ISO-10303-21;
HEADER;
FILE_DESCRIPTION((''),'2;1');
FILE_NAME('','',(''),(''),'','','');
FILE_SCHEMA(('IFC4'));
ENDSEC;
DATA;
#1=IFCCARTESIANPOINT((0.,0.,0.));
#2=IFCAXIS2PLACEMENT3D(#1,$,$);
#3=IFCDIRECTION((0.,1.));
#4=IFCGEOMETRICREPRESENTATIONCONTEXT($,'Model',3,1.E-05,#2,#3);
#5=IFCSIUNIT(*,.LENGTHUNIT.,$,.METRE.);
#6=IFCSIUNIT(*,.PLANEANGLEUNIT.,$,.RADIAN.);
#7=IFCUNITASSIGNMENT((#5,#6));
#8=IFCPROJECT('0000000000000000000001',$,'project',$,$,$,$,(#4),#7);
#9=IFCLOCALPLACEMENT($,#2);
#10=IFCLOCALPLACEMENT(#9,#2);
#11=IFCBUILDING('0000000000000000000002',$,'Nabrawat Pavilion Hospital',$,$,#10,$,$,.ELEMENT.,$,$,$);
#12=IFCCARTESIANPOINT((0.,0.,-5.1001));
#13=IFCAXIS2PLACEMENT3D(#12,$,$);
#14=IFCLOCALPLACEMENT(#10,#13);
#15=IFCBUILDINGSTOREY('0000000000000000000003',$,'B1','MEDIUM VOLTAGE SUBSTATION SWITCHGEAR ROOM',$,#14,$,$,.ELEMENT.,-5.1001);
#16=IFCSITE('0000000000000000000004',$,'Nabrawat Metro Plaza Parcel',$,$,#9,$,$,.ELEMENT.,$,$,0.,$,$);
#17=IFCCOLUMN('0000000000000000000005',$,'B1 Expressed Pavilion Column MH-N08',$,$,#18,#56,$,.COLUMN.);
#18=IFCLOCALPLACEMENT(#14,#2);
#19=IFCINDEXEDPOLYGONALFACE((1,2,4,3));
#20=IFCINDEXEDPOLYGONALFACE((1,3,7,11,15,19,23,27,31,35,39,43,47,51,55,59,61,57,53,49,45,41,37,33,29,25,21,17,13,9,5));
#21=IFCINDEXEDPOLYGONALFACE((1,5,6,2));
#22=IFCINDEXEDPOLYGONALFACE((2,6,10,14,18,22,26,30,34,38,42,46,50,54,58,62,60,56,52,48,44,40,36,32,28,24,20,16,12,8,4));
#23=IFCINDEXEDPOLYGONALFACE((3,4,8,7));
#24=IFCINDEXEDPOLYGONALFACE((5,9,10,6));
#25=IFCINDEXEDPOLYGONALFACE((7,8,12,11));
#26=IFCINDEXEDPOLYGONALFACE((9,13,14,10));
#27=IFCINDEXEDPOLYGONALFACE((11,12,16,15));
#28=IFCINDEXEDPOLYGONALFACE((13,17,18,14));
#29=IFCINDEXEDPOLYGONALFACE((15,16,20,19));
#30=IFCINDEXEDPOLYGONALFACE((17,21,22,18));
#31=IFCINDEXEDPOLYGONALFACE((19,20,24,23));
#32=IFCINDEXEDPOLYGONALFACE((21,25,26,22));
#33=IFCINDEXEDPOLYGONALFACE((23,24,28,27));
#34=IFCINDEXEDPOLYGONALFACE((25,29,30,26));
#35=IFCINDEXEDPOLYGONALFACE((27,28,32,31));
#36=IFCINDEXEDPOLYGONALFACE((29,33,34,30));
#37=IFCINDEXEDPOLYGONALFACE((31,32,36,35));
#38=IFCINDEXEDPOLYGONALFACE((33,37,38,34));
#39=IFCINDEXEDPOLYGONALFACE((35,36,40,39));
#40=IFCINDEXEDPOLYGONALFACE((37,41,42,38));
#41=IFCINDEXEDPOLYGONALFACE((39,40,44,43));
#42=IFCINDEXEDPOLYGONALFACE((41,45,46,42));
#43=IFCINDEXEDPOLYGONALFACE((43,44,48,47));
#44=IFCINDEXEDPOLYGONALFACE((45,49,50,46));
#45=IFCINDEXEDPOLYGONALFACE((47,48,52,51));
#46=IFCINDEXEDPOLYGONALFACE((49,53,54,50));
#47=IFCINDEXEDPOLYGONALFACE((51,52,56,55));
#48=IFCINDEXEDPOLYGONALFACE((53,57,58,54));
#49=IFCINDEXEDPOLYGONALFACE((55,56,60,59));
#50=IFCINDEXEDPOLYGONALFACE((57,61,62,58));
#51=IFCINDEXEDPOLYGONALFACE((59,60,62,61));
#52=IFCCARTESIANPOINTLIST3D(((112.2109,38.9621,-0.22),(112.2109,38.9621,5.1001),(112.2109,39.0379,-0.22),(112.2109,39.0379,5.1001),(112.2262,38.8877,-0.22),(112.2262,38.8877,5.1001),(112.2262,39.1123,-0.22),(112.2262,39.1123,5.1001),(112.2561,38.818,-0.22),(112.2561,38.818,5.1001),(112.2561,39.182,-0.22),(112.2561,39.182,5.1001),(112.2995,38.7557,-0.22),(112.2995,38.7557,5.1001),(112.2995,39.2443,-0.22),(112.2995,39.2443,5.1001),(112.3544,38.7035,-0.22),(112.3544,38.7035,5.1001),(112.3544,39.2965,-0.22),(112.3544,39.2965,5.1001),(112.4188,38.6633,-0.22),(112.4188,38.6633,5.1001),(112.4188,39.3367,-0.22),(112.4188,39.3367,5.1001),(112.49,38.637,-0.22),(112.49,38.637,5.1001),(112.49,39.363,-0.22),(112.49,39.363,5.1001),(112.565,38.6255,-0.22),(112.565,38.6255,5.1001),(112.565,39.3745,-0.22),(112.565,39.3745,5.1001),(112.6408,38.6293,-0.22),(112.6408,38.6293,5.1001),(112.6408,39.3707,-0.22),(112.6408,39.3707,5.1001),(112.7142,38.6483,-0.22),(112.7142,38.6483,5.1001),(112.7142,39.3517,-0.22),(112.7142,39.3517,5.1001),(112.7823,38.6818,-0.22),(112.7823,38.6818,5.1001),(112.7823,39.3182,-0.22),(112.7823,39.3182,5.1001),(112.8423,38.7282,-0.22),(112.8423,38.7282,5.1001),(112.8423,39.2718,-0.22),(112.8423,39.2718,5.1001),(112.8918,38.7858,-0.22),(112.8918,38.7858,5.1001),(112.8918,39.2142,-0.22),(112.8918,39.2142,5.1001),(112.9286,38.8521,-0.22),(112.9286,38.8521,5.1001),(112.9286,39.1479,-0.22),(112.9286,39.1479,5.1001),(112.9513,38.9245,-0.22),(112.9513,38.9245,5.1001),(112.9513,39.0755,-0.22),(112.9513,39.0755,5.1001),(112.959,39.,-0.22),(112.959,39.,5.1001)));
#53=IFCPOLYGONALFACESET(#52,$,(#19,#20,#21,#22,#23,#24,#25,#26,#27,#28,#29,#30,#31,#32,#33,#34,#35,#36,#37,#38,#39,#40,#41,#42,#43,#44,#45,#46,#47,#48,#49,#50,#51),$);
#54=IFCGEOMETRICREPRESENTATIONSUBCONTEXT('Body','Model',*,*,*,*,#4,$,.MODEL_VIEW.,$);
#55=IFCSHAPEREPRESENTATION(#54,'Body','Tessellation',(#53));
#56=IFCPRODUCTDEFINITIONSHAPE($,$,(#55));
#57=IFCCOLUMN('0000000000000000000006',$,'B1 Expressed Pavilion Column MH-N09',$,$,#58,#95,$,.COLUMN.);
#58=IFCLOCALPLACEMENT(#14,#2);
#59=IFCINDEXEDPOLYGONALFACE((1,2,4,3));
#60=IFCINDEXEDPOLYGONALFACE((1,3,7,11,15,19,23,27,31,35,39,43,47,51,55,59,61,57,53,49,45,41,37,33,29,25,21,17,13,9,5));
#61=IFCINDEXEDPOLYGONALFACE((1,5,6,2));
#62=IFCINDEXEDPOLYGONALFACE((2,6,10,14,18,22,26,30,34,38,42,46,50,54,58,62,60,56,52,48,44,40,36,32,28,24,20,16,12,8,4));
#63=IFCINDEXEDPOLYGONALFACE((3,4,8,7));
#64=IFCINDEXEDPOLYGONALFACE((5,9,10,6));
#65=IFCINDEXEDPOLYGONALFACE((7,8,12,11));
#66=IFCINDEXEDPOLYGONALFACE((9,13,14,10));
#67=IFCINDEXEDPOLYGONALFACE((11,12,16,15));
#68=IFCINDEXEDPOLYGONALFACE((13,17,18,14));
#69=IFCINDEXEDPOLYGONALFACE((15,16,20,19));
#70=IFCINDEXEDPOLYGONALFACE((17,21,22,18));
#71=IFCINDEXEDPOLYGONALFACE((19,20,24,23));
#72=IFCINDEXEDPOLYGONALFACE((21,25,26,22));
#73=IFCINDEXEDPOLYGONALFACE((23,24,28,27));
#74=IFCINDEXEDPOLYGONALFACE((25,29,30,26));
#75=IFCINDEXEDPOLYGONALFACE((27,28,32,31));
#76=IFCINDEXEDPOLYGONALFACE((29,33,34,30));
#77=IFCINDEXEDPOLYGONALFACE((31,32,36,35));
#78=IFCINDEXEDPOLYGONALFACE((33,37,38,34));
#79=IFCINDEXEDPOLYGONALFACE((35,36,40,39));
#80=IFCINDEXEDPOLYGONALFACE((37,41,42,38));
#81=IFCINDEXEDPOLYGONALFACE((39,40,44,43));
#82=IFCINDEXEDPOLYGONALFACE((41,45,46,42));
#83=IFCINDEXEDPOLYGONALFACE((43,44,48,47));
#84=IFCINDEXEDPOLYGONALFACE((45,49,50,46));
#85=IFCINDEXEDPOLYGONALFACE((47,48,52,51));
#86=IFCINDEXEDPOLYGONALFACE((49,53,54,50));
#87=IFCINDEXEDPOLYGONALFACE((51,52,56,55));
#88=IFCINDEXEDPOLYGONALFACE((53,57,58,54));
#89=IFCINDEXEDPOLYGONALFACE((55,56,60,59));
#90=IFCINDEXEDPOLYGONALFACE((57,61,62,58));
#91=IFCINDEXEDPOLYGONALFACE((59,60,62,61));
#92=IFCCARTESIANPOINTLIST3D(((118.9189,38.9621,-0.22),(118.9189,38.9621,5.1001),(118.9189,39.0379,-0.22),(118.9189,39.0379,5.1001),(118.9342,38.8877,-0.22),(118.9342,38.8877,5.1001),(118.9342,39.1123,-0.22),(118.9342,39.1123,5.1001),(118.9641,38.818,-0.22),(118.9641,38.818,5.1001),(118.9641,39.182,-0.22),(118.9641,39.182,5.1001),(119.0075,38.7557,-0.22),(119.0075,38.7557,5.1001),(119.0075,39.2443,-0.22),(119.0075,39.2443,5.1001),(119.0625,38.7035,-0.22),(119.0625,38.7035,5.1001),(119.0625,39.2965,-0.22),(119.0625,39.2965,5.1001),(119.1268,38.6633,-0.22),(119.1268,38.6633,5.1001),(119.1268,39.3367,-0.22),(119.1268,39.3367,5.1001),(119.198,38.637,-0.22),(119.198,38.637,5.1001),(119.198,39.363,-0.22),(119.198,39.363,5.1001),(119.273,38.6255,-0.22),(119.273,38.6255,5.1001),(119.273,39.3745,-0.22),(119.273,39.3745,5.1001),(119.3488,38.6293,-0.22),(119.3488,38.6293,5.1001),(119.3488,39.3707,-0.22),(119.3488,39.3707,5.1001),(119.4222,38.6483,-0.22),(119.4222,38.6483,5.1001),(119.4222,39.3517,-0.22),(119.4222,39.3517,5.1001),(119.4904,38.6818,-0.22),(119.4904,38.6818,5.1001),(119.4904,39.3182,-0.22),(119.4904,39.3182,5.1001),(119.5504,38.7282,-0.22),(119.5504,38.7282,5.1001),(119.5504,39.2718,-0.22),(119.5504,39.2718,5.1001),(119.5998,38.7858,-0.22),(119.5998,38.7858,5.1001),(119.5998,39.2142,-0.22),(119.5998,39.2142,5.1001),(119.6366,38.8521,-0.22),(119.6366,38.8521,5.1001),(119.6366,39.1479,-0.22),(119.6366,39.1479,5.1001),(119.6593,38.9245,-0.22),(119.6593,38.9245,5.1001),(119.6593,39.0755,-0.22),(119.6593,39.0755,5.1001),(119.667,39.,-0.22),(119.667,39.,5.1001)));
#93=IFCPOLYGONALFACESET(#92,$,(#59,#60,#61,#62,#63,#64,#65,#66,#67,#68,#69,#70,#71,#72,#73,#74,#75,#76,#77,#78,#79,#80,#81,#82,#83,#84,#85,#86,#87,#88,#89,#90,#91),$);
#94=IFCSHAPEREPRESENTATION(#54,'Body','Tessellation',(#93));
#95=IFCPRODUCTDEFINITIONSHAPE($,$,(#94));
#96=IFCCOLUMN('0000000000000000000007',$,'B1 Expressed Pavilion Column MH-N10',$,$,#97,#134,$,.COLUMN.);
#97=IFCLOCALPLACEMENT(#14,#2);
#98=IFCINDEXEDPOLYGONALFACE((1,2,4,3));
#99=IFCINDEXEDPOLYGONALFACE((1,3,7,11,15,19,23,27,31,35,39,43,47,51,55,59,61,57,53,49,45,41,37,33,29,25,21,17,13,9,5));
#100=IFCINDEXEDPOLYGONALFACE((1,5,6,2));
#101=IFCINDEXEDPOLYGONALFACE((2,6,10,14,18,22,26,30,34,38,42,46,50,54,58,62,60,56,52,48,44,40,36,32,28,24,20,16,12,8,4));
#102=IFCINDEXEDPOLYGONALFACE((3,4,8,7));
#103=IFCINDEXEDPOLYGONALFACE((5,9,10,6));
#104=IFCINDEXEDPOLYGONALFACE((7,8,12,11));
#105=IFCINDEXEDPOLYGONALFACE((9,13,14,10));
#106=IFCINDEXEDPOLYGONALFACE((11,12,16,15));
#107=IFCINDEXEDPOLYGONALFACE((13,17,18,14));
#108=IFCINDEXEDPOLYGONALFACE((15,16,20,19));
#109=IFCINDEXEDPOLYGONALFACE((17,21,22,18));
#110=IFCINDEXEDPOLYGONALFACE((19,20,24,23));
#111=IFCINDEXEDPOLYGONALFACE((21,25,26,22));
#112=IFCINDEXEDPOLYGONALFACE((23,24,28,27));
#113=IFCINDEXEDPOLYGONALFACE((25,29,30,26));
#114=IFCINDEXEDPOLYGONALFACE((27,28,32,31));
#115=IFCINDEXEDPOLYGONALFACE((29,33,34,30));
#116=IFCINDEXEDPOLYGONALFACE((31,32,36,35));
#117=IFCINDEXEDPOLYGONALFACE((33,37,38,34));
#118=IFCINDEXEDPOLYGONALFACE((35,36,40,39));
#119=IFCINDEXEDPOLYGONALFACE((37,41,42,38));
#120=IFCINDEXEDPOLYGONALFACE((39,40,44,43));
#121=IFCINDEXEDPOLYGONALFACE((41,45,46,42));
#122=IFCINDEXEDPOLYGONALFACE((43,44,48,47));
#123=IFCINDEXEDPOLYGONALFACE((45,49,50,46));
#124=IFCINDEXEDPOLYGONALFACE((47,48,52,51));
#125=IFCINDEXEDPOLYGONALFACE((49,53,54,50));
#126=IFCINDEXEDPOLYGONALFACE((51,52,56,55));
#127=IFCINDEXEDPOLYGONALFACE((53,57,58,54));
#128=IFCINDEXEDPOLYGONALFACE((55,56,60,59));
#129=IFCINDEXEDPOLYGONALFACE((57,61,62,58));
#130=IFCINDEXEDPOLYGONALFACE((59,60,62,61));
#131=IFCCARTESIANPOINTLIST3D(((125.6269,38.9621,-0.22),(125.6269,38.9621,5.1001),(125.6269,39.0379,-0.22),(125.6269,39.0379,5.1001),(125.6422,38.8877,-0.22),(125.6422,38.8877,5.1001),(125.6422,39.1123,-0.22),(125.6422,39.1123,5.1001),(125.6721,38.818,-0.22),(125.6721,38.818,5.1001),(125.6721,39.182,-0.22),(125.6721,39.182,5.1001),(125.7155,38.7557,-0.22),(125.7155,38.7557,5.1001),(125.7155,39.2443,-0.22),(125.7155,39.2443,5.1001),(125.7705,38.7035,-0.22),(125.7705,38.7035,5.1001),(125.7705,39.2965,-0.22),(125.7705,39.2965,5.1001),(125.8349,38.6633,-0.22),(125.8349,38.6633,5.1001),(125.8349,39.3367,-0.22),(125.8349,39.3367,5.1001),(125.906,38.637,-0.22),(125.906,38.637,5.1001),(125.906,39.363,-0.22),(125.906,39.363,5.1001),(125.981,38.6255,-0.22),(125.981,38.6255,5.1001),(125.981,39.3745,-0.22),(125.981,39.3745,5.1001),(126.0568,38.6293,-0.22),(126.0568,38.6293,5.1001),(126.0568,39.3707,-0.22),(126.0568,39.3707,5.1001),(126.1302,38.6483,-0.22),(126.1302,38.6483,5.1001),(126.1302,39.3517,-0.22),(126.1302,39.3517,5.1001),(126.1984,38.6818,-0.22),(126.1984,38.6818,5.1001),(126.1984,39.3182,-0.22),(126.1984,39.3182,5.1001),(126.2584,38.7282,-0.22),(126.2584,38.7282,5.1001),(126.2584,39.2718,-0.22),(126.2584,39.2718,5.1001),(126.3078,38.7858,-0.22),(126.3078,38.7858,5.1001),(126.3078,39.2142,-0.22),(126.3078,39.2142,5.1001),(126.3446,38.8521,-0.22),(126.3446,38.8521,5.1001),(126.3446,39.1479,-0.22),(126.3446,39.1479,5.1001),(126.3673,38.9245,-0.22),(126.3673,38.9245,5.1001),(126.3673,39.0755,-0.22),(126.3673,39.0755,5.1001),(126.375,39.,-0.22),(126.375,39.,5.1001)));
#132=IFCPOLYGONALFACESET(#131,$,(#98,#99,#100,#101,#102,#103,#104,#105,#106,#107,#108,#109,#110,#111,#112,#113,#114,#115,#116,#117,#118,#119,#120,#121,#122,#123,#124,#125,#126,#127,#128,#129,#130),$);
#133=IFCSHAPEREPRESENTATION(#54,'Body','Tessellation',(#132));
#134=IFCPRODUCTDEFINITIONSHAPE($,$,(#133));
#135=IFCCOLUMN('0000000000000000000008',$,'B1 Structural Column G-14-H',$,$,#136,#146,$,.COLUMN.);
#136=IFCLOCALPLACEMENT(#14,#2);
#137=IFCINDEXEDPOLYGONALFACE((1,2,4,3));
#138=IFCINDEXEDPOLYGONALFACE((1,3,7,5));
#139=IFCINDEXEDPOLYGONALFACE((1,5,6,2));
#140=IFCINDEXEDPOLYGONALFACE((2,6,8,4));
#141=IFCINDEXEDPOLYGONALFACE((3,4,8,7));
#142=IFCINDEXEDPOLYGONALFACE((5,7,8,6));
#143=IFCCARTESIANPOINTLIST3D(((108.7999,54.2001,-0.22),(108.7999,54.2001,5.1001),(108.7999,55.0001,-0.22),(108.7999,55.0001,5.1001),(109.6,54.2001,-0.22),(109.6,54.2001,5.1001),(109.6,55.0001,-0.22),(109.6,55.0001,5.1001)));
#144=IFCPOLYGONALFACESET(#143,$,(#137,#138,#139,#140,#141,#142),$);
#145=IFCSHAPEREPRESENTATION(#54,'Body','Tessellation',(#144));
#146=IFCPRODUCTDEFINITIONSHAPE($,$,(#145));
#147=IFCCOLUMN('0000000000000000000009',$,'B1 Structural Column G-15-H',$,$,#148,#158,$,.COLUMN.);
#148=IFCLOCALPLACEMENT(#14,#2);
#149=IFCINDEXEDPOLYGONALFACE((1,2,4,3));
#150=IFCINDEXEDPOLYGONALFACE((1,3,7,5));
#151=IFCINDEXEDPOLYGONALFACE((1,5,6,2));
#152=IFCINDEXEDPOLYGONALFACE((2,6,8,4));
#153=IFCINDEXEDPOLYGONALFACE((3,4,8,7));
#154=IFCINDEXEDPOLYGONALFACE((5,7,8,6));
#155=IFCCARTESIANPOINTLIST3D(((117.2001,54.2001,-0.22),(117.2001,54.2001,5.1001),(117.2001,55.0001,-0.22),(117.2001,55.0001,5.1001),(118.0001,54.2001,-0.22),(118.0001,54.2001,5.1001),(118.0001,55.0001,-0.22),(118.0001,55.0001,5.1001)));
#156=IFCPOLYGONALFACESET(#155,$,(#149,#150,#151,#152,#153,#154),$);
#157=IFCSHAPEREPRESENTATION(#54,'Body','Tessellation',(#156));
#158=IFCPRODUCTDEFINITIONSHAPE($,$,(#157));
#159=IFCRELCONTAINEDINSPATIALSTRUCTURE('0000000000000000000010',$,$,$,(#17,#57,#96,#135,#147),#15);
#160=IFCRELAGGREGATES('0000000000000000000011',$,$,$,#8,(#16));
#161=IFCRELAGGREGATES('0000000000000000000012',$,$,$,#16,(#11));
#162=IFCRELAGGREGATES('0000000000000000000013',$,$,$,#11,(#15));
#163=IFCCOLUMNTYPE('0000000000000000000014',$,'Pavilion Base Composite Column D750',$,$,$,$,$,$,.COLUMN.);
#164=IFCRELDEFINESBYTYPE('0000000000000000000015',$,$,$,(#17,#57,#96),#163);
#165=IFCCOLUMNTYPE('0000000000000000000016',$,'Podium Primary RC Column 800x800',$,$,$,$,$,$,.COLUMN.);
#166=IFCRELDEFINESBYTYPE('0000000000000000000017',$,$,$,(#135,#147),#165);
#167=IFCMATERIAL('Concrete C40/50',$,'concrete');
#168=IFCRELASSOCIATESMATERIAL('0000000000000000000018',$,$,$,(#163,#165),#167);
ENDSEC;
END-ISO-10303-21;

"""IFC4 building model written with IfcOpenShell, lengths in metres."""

from ifc_helpers import new_model, si_unit, direction, frame, origin, origin_2d, place, context, subcontext, project, spatial, rectangle, circle, extrude, material, material_profile, profile_set, type_object, element, save


model = new_model("IFC4")

# Units and contexts
model_context = context("Model", 3, precision=1e-05, world=origin(), true_north=direction((0.0, 1.0)))
body_context = subcontext(model_context, "Body", "Model", "MODEL_VIEW")
ifc_project = project(units=[si_unit("LENGTHUNIT", "METRE"), si_unit("PLANEANGLEUNIT", "RADIAN")], contexts=[model_context])

# Site, building, storey
site_placement = place(None, origin())
site = spatial("IfcSite", under=ifc_project, at=site_placement, Name="Nabrawat Metro Plaza Parcel", CompositionType="ELEMENT", RefElevation=0.0)
building_placement = place(site_placement, origin())
building = spatial("IfcBuilding", under=site, at=building_placement, Name="Nabrawat Pavilion Hospital", CompositionType="ELEMENT")
storey_placement = place(building_placement, frame((0.0, 0.0, -5.1001)))
storey = spatial("IfcBuildingStorey", under=building, at=storey_placement, Name="B1", Description="MEDIUM VOLTAGE SUBSTATION SWITCHGEAR ROOM", CompositionType="ELEMENT", Elevation=-5.1001)

# Columns
ifc_material_1 = material(Name="Concrete C40/50", Category="concrete")
ifc_material_profile_1 = material_profile(ifc_material_1, circle(Radius=0.375, at=origin_2d()), Name="RC D750")
ifc_profile_set_1 = profile_set([ifc_material_profile_1], Name="Concrete C40/50")
column_type_1 = type_object("IfcColumnType", Name="Pavilion Base Composite Column D750", PredefinedType="COLUMN", material=ifc_profile_set_1)
for number, where, z_axis, x_axis, name in (
    (1, (112.584, 39.0, -0.22), (0.0, 0.0, 1.0), (1.0, 0.0, 0.0), "B1 Expressed Pavilion Column MH-N08"),
    (2, (119.292, 39.0, -0.22), (0.0, 0.0, 1.0), (1.0, 0.0, 0.0), "B1 Expressed Pavilion Column MH-N09"),
    (3, (126.0, 39.0, -0.22), (0.0, 0.0, 1.0), (1.0, 0.0, 0.0), "B1 Expressed Pavilion Column MH-N10"),
):
    element("IfcColumn", number, at=place(storey_placement, frame(where, z_axis=z_axis, x_axis=x_axis)), inside=storey, type_object=column_type_1, Name=name, PredefinedType="COLUMN", context=body_context, shape_type="SweptSolid", body=[
        extrude(circle(Radius=0.375, at=origin_2d()), origin(), (0.0, 0.0, 1.0), 5.3201),
    ])
ifc_material_profile_2 = material_profile(ifc_material_1, rectangle(XDim=0.8, YDim=0.8, at=origin_2d()), Name="RC 800x800")
ifc_profile_set_2 = profile_set([ifc_material_profile_2], Name="Concrete C40/50")
column_type_2 = type_object("IfcColumnType", Name="Podium Primary RC Column 800x800", PredefinedType="COLUMN", material=ifc_profile_set_2)
for number, where, z_axis, x_axis, name in (
    (4, (109.2, 54.6001, -0.22), (0.0, 0.0, 1.0), (1.0, 0.0, 0.0), "B1 Structural Column G-14-H"),
    (5, (117.6001, 54.6001, -0.22), (0.0, 0.0, 1.0), (1.0, 0.0, 0.0), "B1 Structural Column G-15-H"),
):
    element("IfcColumn", number, at=place(storey_placement, frame(where, z_axis=z_axis, x_axis=x_axis)), inside=storey, type_object=column_type_2, Name=name, PredefinedType="COLUMN", context=body_context, shape_type="SweptSolid", body=[
        extrude(rectangle(XDim=0.8, YDim=0.8, at=origin_2d()), origin(), (0.0, 0.0, 1.0), 5.3201),
    ])

save(model, "model.ifc")
